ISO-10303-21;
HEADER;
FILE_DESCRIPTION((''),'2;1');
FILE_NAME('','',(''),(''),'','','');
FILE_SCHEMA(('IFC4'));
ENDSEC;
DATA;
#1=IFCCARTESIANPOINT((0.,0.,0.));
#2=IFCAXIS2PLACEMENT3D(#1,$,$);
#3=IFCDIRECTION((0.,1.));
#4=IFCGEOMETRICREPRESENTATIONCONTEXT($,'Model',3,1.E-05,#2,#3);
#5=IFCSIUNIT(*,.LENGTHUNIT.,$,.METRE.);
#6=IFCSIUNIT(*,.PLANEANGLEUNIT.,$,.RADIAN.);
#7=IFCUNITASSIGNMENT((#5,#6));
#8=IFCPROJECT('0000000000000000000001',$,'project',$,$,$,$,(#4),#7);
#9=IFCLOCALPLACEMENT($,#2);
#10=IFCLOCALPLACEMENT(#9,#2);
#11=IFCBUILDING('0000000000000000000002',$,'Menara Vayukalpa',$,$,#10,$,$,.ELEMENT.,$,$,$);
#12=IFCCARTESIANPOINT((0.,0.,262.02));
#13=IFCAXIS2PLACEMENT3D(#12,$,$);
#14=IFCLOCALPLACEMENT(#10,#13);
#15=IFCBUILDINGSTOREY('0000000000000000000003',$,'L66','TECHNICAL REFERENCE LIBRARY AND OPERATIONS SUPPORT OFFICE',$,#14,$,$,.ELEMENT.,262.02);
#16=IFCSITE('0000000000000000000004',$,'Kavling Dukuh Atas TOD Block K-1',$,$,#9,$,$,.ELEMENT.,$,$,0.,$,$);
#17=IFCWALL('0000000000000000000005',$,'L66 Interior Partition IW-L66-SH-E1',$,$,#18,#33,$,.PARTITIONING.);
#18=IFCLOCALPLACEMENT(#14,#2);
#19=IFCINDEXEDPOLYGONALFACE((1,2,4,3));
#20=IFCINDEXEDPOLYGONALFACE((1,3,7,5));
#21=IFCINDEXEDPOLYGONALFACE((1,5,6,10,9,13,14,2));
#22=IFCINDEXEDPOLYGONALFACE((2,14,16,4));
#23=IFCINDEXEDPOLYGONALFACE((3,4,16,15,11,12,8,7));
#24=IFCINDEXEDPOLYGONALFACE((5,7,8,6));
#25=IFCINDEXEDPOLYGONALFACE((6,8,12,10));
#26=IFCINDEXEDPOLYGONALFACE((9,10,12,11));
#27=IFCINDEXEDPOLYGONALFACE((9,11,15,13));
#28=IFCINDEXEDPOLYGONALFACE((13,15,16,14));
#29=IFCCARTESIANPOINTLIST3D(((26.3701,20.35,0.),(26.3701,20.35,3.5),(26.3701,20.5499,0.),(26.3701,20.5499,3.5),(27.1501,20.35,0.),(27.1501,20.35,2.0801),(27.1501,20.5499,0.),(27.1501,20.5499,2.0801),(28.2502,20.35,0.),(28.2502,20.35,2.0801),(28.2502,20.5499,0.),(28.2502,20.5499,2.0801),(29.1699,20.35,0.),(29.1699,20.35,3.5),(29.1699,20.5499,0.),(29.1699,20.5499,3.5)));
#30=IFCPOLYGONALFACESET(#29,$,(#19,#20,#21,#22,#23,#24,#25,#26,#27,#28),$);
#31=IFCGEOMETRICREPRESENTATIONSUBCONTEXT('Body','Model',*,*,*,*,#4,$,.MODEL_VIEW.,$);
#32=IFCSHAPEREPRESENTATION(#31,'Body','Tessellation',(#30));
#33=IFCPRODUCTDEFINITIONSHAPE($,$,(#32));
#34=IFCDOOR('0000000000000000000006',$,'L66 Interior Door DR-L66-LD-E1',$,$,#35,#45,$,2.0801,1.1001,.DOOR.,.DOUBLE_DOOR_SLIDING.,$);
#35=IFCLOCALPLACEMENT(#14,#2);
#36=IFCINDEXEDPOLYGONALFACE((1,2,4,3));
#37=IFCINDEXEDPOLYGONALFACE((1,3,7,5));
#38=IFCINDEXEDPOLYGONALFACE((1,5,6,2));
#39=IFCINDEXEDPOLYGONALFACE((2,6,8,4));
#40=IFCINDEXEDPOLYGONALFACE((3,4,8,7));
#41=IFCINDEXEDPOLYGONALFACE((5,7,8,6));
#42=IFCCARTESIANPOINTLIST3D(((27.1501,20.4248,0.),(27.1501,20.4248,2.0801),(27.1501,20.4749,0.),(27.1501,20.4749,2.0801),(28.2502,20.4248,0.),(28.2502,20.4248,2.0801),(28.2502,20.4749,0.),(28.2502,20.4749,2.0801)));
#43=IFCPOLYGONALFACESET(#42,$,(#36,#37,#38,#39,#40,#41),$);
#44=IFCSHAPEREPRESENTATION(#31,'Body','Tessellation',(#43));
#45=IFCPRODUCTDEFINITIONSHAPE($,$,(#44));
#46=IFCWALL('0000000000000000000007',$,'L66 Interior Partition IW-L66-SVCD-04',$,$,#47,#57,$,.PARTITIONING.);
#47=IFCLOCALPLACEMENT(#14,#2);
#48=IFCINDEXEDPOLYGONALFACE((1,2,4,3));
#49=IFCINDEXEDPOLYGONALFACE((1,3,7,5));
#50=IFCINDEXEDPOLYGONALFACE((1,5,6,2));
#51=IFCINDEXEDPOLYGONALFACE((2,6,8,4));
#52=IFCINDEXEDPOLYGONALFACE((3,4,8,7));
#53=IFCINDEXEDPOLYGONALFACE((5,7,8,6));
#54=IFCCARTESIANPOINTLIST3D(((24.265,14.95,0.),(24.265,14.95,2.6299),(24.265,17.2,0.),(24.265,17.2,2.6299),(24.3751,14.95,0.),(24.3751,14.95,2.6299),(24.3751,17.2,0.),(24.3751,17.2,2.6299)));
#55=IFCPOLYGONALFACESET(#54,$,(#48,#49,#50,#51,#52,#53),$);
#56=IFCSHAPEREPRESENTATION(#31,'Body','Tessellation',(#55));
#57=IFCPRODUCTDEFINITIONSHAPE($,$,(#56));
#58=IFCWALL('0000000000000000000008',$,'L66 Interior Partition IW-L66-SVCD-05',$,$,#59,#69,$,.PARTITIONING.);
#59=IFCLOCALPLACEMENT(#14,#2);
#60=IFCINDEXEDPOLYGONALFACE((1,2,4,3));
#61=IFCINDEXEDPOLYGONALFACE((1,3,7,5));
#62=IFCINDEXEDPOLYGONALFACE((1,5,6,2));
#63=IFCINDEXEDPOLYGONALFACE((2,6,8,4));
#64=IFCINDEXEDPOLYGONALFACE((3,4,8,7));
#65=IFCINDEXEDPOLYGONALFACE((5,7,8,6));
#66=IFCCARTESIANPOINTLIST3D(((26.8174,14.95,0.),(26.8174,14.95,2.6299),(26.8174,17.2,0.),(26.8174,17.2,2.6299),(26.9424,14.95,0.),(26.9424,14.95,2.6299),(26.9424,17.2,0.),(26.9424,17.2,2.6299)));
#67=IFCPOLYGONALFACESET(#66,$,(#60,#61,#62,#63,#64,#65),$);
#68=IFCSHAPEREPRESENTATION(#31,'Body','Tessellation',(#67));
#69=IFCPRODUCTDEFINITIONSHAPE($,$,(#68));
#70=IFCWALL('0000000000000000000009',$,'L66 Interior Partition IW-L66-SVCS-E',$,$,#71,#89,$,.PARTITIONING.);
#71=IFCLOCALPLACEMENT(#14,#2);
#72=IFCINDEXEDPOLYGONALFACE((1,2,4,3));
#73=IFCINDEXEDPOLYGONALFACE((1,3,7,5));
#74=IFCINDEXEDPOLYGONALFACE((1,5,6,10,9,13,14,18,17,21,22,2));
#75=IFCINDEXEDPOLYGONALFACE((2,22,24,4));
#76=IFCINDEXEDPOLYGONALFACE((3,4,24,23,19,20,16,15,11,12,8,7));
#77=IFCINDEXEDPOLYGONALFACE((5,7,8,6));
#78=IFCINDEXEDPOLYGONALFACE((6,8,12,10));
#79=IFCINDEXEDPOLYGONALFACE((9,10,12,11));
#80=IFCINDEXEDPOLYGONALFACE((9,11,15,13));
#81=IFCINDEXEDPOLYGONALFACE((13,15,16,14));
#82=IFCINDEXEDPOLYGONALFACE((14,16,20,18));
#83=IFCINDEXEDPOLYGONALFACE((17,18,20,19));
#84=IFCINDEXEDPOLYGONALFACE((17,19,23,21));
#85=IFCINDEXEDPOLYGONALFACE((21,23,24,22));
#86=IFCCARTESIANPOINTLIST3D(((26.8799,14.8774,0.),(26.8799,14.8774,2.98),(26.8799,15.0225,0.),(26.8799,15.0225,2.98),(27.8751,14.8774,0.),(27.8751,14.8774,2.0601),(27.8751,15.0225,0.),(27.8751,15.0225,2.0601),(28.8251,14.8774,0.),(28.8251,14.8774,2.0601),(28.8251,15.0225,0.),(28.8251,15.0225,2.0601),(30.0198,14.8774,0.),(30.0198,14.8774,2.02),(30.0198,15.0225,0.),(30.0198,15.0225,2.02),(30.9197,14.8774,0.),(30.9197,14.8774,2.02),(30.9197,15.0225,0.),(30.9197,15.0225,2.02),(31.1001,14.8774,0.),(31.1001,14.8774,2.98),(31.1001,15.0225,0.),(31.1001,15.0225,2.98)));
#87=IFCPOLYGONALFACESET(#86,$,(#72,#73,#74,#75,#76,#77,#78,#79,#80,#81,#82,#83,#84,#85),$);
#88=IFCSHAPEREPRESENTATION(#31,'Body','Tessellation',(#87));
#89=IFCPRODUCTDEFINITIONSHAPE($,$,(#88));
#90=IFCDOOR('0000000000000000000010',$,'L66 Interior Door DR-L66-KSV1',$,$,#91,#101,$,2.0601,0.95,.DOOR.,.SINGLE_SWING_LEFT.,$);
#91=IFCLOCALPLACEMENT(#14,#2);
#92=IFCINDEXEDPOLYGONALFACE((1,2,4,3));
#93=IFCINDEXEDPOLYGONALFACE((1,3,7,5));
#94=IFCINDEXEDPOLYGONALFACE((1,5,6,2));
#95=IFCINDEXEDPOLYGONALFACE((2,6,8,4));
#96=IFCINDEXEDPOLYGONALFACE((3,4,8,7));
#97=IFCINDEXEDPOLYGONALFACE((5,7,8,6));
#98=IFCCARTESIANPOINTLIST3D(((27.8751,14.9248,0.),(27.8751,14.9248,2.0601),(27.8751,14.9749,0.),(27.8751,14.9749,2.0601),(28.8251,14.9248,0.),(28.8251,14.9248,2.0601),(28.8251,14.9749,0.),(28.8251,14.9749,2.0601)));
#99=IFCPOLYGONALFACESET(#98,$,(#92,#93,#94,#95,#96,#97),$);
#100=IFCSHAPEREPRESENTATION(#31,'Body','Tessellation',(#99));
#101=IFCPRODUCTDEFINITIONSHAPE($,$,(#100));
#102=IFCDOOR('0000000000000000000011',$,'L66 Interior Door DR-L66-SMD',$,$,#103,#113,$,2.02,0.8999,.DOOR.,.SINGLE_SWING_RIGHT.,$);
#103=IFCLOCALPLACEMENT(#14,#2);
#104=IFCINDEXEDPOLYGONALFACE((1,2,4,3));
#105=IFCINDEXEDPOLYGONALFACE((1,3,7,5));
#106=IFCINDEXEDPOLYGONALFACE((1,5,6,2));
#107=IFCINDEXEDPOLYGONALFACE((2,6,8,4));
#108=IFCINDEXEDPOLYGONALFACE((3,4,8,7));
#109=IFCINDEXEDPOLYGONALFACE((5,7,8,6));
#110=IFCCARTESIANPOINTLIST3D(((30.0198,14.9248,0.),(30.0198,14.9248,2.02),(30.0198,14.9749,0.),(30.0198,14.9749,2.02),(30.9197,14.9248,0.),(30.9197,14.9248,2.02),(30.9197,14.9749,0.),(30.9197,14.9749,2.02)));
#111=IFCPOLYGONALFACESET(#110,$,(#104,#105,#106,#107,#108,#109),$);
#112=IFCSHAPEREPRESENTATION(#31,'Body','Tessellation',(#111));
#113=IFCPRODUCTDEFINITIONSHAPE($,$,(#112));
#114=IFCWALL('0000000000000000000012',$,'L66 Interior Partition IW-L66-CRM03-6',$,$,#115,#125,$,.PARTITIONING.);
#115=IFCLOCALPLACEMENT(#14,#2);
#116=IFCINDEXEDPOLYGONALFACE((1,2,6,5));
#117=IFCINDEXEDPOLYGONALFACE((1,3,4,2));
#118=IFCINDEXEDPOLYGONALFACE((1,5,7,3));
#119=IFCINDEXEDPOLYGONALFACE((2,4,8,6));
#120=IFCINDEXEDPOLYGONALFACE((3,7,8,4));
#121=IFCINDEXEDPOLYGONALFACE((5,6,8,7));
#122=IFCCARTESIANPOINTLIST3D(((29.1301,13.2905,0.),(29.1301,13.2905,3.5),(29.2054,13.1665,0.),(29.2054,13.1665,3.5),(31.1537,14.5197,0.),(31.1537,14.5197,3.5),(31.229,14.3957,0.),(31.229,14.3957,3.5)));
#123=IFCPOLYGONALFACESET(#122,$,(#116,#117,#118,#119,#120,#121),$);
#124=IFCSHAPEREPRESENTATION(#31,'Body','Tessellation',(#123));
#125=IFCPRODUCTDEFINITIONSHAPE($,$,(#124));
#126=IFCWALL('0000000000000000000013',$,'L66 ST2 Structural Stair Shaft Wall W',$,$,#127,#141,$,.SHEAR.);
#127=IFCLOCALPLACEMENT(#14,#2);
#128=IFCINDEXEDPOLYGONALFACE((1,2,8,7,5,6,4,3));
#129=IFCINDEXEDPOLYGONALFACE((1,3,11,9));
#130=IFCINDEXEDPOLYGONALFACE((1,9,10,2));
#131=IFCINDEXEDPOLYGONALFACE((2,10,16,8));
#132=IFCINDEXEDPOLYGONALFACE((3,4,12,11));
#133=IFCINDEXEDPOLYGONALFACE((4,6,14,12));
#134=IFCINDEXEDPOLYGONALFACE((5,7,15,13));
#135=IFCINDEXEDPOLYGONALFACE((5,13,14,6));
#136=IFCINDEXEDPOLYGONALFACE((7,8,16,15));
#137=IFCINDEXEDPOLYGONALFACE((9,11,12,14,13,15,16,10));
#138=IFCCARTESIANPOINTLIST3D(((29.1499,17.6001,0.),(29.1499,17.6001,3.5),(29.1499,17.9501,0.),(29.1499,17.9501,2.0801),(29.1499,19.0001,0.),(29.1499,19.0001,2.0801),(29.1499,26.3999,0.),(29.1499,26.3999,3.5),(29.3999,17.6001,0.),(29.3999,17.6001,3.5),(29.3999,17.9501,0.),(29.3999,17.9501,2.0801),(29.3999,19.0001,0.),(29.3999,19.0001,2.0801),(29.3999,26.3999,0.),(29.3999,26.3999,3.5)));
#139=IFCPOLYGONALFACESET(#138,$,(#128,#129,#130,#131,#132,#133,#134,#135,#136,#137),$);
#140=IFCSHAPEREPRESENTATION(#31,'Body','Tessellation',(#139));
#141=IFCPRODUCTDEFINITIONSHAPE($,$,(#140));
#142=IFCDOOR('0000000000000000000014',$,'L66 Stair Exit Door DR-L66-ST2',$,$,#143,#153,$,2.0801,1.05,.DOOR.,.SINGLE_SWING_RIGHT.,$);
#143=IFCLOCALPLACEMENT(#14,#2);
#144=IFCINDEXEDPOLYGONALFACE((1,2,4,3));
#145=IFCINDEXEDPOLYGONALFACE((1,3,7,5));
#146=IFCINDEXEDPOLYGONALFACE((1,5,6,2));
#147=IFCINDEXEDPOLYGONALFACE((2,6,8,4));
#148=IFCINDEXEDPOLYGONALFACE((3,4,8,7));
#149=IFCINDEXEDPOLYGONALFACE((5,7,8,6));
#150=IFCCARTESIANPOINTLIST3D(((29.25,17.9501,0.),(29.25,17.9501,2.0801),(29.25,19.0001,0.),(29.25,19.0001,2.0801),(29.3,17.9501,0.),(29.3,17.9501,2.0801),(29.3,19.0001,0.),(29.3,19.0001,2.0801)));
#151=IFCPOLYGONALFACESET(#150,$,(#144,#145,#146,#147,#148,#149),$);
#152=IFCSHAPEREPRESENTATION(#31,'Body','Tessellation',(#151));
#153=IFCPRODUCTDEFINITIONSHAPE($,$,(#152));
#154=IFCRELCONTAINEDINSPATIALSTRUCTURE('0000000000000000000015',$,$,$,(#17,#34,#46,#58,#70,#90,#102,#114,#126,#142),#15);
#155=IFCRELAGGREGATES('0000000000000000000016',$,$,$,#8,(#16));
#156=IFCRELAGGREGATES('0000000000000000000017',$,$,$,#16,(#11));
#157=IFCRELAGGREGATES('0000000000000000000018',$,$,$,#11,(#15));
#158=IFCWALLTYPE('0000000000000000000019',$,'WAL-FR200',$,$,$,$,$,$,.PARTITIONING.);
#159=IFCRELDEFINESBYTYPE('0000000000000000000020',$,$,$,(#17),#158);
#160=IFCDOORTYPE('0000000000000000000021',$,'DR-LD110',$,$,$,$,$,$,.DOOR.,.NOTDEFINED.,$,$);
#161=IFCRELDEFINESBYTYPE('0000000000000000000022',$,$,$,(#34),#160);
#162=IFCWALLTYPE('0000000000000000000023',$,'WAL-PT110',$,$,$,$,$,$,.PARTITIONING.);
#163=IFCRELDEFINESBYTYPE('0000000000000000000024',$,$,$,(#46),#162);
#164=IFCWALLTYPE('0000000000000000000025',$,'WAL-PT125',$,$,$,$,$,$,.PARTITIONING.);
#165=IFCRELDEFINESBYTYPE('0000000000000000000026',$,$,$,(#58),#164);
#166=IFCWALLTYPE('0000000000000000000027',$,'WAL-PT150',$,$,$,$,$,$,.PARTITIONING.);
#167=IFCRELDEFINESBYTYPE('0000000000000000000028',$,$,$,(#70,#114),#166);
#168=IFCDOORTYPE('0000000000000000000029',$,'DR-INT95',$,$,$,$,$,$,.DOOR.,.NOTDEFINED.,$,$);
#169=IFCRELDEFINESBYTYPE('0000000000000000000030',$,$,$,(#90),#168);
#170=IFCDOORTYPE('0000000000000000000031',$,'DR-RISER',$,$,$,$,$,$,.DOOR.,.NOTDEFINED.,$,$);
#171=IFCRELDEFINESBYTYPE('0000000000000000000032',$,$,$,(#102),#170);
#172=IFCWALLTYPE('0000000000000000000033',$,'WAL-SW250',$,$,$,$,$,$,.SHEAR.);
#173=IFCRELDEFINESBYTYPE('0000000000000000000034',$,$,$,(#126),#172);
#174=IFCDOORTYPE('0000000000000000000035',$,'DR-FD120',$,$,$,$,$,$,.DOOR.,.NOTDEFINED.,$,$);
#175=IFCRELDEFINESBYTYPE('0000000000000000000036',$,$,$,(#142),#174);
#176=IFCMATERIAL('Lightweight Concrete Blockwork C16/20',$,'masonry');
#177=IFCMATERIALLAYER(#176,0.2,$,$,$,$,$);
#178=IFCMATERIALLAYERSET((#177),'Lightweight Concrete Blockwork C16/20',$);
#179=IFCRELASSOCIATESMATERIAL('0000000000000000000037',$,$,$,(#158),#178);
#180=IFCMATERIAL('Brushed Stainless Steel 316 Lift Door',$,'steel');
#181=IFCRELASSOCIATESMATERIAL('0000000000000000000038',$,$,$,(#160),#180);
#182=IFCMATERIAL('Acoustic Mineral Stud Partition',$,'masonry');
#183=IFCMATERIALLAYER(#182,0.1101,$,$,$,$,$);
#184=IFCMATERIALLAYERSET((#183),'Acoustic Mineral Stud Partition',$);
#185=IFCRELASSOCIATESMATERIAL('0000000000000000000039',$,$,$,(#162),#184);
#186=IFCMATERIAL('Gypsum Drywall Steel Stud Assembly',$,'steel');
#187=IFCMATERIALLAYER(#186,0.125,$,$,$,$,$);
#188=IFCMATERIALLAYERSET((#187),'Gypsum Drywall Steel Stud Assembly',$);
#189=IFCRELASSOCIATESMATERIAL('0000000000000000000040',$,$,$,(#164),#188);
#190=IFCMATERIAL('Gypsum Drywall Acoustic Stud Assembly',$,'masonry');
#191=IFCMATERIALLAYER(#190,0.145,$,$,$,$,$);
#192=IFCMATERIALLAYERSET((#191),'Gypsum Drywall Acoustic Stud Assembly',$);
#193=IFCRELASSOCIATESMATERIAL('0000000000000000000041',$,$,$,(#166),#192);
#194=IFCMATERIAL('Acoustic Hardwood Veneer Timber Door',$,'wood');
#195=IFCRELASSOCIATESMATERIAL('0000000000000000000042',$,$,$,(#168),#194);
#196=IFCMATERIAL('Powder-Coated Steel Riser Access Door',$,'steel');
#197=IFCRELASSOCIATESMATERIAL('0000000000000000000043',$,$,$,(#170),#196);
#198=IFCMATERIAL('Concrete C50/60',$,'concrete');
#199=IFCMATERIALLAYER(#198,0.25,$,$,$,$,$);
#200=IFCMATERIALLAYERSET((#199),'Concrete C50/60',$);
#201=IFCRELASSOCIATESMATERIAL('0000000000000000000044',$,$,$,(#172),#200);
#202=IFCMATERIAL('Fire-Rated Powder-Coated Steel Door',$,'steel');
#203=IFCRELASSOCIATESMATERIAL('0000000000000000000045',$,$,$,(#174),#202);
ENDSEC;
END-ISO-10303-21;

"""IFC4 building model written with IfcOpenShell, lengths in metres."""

from ifc_helpers import new_model, si_unit, direction, frame, frame_2d, origin, place, context, subcontext, project, spatial, rectangle, extrude, material, layer, layer_set, type_object, element, fill, save


model = new_model("IFC4")

# Units and contexts
model_context = context("Model", 3, precision=1e-05, world=origin(), true_north=direction((0.0, 1.0)))
body_context = subcontext(model_context, "Body", "Model", "MODEL_VIEW")
ifc_project = project(units=[si_unit("LENGTHUNIT", "METRE"), si_unit("PLANEANGLEUNIT", "RADIAN")], contexts=[model_context])

# Site, building, storey
site_placement = place(None, origin())
site = spatial("IfcSite", under=ifc_project, at=site_placement, Name="Kavling Dukuh Atas TOD Block K-1", CompositionType="ELEMENT", RefElevation=0.0)
building_placement = place(site_placement, origin())
building = spatial("IfcBuilding", under=site, at=building_placement, Name="Menara Vayukalpa", CompositionType="ELEMENT")
storey_placement = place(building_placement, frame((0.0, 0.0, 262.02)))
storey = spatial("IfcBuildingStorey", under=building, at=storey_placement, Name="L66", Description="TECHNICAL REFERENCE LIBRARY AND OPERATIONS SUPPORT OFFICE", CompositionType="ELEMENT", Elevation=262.02)

# Wall, opening, door
ifc_material_1 = material(Name="Lightweight Concrete Blockwork C16/20", Category="masonry")
ifc_layer_1 = layer(ifc_material_1, 0.2)
ifc_layer_set_1 = layer_set([ifc_layer_1], Name="Lightweight Concrete Blockwork C16/20")
wall_type_1 = type_object("IfcWallType", Name="WAL-FR200", PredefinedType="PARTITIONING", material=ifc_layer_set_1)
wall_1_placement = place(storey_placement, frame((26.3701, 20.45, 0.0), z_axis=(0.0, 0.0, 1.0), x_axis=(1.0, 0.0, 0.0)))
wall_1 = element("IfcWall", 1, at=wall_1_placement, inside=storey, type_object=wall_type_1, Name="L66 Interior Partition IW-L66-SH-E1", PredefinedType="PARTITIONING", context=body_context, shape_type="SweptSolid", body=[
    extrude(rectangle(XDim=2.7998, YDim=0.2, at=frame_2d((1.3999, 0.0))), origin(), (0.0, 0.0, 1.0), 3.5),
])
opening_1_placement = place(wall_1_placement, frame((0.78, 0.0, 0.0)))
opening_1 = element("IfcOpeningElement", 2, at=opening_1_placement, cuts=wall_1, PredefinedType="OPENING", context=body_context, shape_type="SweptSolid", body=[
    extrude(rectangle(XDim=1.1001, YDim=2.0801, at=frame_2d((0.55, 1.04))), frame((0.0, 0.1099, 0.0), z_axis=(0.0, -1.0, 0.0), x_axis=(1.0, 0.0, 0.0)), (0.0, 0.0, 1.0), 0.22),
])
ifc_material_2 = material(Name="Brushed Stainless Steel 316 Lift Door", Category="steel")
door_type_1 = type_object("IfcDoorType", Name="DR-LD110", OperationType="NOTDEFINED", PredefinedType="DOOR", material=ifc_material_2)
door_1_placement = place(opening_1_placement, origin())
door_1 = element("IfcDoor", 3, at=door_1_placement, inside=storey, type_object=door_type_1, Name="L66 Interior Door DR-L66-LD-E1", OperationType="DOUBLE_DOOR_SLIDING", OverallHeight=2.0801, OverallWidth=1.1001, PredefinedType="DOOR", context=body_context, shape_type="SweptSolid", body=[
    extrude(rectangle(XDim=1.1001, YDim=2.0801, at=frame_2d((0.55, 1.04))), frame((0.0, 0.0249, 0.0), z_axis=(0.0, -1.0, 0.0), x_axis=(1.0, 0.0, 0.0)), (0.0, 0.0, 1.0), 0.05),
])
fill(opening_1, door_1)

# Walls
ifc_material_3 = material(Name="Acoustic Mineral Stud Partition", Category="masonry")
ifc_layer_2 = layer(ifc_material_3, 0.1101)
ifc_layer_set_2 = layer_set([ifc_layer_2], Name="Acoustic Mineral Stud Partition")
wall_type_2 = type_object("IfcWallType", Name="WAL-PT110", PredefinedType="PARTITIONING", material=ifc_layer_set_2)
wall_2_placement = place(storey_placement, frame((24.3201, 14.95, 0.0), z_axis=(0.0, 0.0, 1.0), x_axis=(0.0, 1.0, 0.0)))
element("IfcWall", 4, at=wall_2_placement, inside=storey, type_object=wall_type_2, Name="L66 Interior Partition IW-L66-SVCD-04", PredefinedType="PARTITIONING", context=body_context, shape_type="SweptSolid", body=[
    extrude(rectangle(XDim=2.25, YDim=0.1101, at=frame_2d((1.125, 0.0))), origin(), (0.0, 0.0, 1.0), 2.6299),
])
ifc_material_4 = material(Name="Gypsum Drywall Steel Stud Assembly", Category="steel")
ifc_layer_3 = layer(ifc_material_4, 0.125)
ifc_layer_set_3 = layer_set([ifc_layer_3], Name="Gypsum Drywall Steel Stud Assembly")
wall_type_3 = type_object("IfcWallType", Name="WAL-PT125", PredefinedType="PARTITIONING", material=ifc_layer_set_3)
wall_3_placement = place(storey_placement, frame((26.8799, 14.95, 0.0), z_axis=(0.0, 0.0, 1.0), x_axis=(0.0, 1.0, 0.0)))
element("IfcWall", 5, at=wall_3_placement, inside=storey, type_object=wall_type_3, Name="L66 Interior Partition IW-L66-SVCD-05", PredefinedType="PARTITIONING", context=body_context, shape_type="SweptSolid", body=[
    extrude(rectangle(XDim=2.25, YDim=0.125, at=frame_2d((1.125, 0.0))), origin(), (0.0, 0.0, 1.0), 2.6299),
])

# Wall, openings, doors
ifc_material_5 = material(Name="Gypsum Drywall Acoustic Stud Assembly", Category="masonry")
ifc_layer_4 = layer(ifc_material_5, 0.145)
ifc_layer_set_4 = layer_set([ifc_layer_4], Name="Gypsum Drywall Acoustic Stud Assembly")
wall_type_4 = type_object("IfcWallType", Name="WAL-PT150", PredefinedType="PARTITIONING", material=ifc_layer_set_4)
wall_4_placement = place(storey_placement, frame((26.8799, 14.95, 0.0), z_axis=(0.0, 0.0, 1.0), x_axis=(1.0, 0.0, 0.0)))
wall_4 = element("IfcWall", 6, at=wall_4_placement, inside=storey, type_object=wall_type_4, Name="L66 Interior Partition IW-L66-SVCS-E", PredefinedType="PARTITIONING", context=body_context, shape_type="SweptSolid", body=[
    extrude(rectangle(XDim=4.2202, YDim=0.145, at=frame_2d((2.1101, 0.0))), origin(), (0.0, 0.0, 1.0), 2.98),
])
opening_2_placement = place(wall_4_placement, frame((0.9951, 0.0, 0.0)))
opening_2 = element("IfcOpeningElement", 7, at=opening_2_placement, cuts=wall_4, PredefinedType="OPENING", context=body_context, shape_type="SweptSolid", body=[
    extrude(rectangle(XDim=0.95, YDim=2.0601, at=frame_2d((0.4751, 1.03))), frame((0.0, 0.0825, 0.0), z_axis=(0.0, -1.0, 0.0), x_axis=(1.0, 0.0, 0.0)), (0.0, 0.0, 1.0), 0.165),
])
opening_3_placement = place(wall_4_placement, frame((3.1399, 0.0, 0.0)))
opening_3 = element("IfcOpeningElement", 8, at=opening_3_placement, cuts=wall_4, PredefinedType="OPENING", context=body_context, shape_type="SweptSolid", body=[
    extrude(rectangle(XDim=0.8999, YDim=2.02, at=frame_2d((0.45, 1.01))), frame((0.0, 0.0825, 0.0), z_axis=(0.0, -1.0, 0.0), x_axis=(1.0, 0.0, 0.0)), (0.0, 0.0, 1.0), 0.165),
])
ifc_material_6 = material(Name="Acoustic Hardwood Veneer Timber Door", Category="wood")
door_type_2 = type_object("IfcDoorType", Name="DR-INT95", OperationType="NOTDEFINED", PredefinedType="DOOR", material=ifc_material_6)
door_2_placement = place(opening_2_placement, origin())
door_2 = element("IfcDoor", 9, at=door_2_placement, inside=storey, type_object=door_type_2, Name="L66 Interior Door DR-L66-KSV1", OperationType="SINGLE_SWING_LEFT", OverallHeight=2.0601, OverallWidth=0.95, PredefinedType="DOOR", context=body_context, shape_type="SweptSolid", body=[
    extrude(rectangle(XDim=0.95, YDim=2.0601, at=frame_2d((0.4751, 1.03))), frame((0.0, 0.0249, 0.0), z_axis=(0.0, -1.0, 0.0), x_axis=(1.0, 0.0, 0.0)), (0.0, 0.0, 1.0), 0.05),
])
fill(opening_2, door_2)
ifc_material_7 = material(Name="Powder-Coated Steel Riser Access Door", Category="steel")
door_type_3 = type_object("IfcDoorType", Name="DR-RISER", OperationType="NOTDEFINED", PredefinedType="DOOR", material=ifc_material_7)
door_3_placement = place(opening_3_placement, origin())
door_3 = element("IfcDoor", 10, at=door_3_placement, inside=storey, type_object=door_type_3, Name="L66 Interior Door DR-L66-SMD", OperationType="SINGLE_SWING_RIGHT", OverallHeight=2.02, OverallWidth=0.8999, PredefinedType="DOOR", context=body_context, shape_type="SweptSolid", body=[
    extrude(rectangle(XDim=0.8999, YDim=2.02, at=frame_2d((0.45, 1.01))), frame((0.0, 0.0249, 0.0), z_axis=(0.0, -1.0, 0.0), x_axis=(1.0, 0.0, 0.0)), (0.0, 0.0, 1.0), 0.05),
])
fill(opening_3, door_3)

# Wall
wall_5_placement = place(storey_placement, frame((29.1677, 13.2285, 0.0), z_axis=(0.0, 0.0, 1.0), x_axis=(0.854678, 0.519158, 0.0)))
element("IfcWall", 11, at=wall_5_placement, inside=storey, type_object=wall_type_4, Name="L66 Interior Partition IW-L66-CRM03-6", PredefinedType="PARTITIONING", context=body_context, shape_type="SweptSolid", body=[
    extrude(rectangle(XDim=2.3677, YDim=0.145, at=frame_2d((1.1838, 0.0))), origin(), (0.0, 0.0, 1.0), 3.5),
])

# Wall, opening, door
ifc_material_8 = material(Name="Concrete C50/60", Category="concrete")
ifc_layer_5 = layer(ifc_material_8, 0.25)
ifc_layer_set_5 = layer_set([ifc_layer_5], Name="Concrete C50/60")
wall_type_5 = type_object("IfcWallType", Name="WAL-SW250", PredefinedType="SHEAR", material=ifc_layer_set_5)
wall_6_placement = place(storey_placement, frame((29.2749, 17.6001, 0.0), z_axis=(0.0, 0.0, 1.0), x_axis=(0.0, 1.0, 0.0)))
wall_6 = element("IfcWall", 12, at=wall_6_placement, inside=storey, type_object=wall_type_5, Name="L66 ST2 Structural Stair Shaft Wall W", PredefinedType="SHEAR", context=body_context, shape_type="SweptSolid", body=[
    extrude(rectangle(XDim=8.7998, YDim=0.25, at=frame_2d((4.3999, 0.0))), origin(), (0.0, 0.0, 1.0), 3.5),
])
opening_4_placement = place(wall_6_placement, frame((0.3501, 0.0, 0.0)))
opening_4 = element("IfcOpeningElement", 13, at=opening_4_placement, cuts=wall_6, PredefinedType="OPENING", context=body_context, shape_type="SweptSolid", body=[
    extrude(rectangle(XDim=1.05, YDim=2.0801, at=frame_2d((0.5249, 1.04))), frame((0.0, 0.135, 0.0), z_axis=(0.0, -1.0, 0.0), x_axis=(1.0, 0.0, 0.0)), (0.0, 0.0, 1.0), 0.27),
])
ifc_material_9 = material(Name="Fire-Rated Powder-Coated Steel Door", Category="steel")
door_type_4 = type_object("IfcDoorType", Name="DR-FD120", OperationType="NOTDEFINED", PredefinedType="DOOR", material=ifc_material_9)
door_4_placement = place(opening_4_placement, origin())
door_4 = element("IfcDoor", 14, at=door_4_placement, inside=storey, type_object=door_type_4, Name="L66 Stair Exit Door DR-L66-ST2", OperationType="SINGLE_SWING_RIGHT", OverallHeight=2.0801, OverallWidth=1.05, PredefinedType="DOOR", context=body_context, shape_type="SweptSolid", body=[
    extrude(rectangle(XDim=1.05, YDim=2.0801, at=frame_2d((0.5249, 1.04))), frame((0.0, 0.0249, 0.0), z_axis=(0.0, -1.0, 0.0), x_axis=(1.0, 0.0, 0.0)), (0.0, 0.0, 1.0), 0.05),
])
fill(opening_4, door_4)

save(model, "model.ifc")
